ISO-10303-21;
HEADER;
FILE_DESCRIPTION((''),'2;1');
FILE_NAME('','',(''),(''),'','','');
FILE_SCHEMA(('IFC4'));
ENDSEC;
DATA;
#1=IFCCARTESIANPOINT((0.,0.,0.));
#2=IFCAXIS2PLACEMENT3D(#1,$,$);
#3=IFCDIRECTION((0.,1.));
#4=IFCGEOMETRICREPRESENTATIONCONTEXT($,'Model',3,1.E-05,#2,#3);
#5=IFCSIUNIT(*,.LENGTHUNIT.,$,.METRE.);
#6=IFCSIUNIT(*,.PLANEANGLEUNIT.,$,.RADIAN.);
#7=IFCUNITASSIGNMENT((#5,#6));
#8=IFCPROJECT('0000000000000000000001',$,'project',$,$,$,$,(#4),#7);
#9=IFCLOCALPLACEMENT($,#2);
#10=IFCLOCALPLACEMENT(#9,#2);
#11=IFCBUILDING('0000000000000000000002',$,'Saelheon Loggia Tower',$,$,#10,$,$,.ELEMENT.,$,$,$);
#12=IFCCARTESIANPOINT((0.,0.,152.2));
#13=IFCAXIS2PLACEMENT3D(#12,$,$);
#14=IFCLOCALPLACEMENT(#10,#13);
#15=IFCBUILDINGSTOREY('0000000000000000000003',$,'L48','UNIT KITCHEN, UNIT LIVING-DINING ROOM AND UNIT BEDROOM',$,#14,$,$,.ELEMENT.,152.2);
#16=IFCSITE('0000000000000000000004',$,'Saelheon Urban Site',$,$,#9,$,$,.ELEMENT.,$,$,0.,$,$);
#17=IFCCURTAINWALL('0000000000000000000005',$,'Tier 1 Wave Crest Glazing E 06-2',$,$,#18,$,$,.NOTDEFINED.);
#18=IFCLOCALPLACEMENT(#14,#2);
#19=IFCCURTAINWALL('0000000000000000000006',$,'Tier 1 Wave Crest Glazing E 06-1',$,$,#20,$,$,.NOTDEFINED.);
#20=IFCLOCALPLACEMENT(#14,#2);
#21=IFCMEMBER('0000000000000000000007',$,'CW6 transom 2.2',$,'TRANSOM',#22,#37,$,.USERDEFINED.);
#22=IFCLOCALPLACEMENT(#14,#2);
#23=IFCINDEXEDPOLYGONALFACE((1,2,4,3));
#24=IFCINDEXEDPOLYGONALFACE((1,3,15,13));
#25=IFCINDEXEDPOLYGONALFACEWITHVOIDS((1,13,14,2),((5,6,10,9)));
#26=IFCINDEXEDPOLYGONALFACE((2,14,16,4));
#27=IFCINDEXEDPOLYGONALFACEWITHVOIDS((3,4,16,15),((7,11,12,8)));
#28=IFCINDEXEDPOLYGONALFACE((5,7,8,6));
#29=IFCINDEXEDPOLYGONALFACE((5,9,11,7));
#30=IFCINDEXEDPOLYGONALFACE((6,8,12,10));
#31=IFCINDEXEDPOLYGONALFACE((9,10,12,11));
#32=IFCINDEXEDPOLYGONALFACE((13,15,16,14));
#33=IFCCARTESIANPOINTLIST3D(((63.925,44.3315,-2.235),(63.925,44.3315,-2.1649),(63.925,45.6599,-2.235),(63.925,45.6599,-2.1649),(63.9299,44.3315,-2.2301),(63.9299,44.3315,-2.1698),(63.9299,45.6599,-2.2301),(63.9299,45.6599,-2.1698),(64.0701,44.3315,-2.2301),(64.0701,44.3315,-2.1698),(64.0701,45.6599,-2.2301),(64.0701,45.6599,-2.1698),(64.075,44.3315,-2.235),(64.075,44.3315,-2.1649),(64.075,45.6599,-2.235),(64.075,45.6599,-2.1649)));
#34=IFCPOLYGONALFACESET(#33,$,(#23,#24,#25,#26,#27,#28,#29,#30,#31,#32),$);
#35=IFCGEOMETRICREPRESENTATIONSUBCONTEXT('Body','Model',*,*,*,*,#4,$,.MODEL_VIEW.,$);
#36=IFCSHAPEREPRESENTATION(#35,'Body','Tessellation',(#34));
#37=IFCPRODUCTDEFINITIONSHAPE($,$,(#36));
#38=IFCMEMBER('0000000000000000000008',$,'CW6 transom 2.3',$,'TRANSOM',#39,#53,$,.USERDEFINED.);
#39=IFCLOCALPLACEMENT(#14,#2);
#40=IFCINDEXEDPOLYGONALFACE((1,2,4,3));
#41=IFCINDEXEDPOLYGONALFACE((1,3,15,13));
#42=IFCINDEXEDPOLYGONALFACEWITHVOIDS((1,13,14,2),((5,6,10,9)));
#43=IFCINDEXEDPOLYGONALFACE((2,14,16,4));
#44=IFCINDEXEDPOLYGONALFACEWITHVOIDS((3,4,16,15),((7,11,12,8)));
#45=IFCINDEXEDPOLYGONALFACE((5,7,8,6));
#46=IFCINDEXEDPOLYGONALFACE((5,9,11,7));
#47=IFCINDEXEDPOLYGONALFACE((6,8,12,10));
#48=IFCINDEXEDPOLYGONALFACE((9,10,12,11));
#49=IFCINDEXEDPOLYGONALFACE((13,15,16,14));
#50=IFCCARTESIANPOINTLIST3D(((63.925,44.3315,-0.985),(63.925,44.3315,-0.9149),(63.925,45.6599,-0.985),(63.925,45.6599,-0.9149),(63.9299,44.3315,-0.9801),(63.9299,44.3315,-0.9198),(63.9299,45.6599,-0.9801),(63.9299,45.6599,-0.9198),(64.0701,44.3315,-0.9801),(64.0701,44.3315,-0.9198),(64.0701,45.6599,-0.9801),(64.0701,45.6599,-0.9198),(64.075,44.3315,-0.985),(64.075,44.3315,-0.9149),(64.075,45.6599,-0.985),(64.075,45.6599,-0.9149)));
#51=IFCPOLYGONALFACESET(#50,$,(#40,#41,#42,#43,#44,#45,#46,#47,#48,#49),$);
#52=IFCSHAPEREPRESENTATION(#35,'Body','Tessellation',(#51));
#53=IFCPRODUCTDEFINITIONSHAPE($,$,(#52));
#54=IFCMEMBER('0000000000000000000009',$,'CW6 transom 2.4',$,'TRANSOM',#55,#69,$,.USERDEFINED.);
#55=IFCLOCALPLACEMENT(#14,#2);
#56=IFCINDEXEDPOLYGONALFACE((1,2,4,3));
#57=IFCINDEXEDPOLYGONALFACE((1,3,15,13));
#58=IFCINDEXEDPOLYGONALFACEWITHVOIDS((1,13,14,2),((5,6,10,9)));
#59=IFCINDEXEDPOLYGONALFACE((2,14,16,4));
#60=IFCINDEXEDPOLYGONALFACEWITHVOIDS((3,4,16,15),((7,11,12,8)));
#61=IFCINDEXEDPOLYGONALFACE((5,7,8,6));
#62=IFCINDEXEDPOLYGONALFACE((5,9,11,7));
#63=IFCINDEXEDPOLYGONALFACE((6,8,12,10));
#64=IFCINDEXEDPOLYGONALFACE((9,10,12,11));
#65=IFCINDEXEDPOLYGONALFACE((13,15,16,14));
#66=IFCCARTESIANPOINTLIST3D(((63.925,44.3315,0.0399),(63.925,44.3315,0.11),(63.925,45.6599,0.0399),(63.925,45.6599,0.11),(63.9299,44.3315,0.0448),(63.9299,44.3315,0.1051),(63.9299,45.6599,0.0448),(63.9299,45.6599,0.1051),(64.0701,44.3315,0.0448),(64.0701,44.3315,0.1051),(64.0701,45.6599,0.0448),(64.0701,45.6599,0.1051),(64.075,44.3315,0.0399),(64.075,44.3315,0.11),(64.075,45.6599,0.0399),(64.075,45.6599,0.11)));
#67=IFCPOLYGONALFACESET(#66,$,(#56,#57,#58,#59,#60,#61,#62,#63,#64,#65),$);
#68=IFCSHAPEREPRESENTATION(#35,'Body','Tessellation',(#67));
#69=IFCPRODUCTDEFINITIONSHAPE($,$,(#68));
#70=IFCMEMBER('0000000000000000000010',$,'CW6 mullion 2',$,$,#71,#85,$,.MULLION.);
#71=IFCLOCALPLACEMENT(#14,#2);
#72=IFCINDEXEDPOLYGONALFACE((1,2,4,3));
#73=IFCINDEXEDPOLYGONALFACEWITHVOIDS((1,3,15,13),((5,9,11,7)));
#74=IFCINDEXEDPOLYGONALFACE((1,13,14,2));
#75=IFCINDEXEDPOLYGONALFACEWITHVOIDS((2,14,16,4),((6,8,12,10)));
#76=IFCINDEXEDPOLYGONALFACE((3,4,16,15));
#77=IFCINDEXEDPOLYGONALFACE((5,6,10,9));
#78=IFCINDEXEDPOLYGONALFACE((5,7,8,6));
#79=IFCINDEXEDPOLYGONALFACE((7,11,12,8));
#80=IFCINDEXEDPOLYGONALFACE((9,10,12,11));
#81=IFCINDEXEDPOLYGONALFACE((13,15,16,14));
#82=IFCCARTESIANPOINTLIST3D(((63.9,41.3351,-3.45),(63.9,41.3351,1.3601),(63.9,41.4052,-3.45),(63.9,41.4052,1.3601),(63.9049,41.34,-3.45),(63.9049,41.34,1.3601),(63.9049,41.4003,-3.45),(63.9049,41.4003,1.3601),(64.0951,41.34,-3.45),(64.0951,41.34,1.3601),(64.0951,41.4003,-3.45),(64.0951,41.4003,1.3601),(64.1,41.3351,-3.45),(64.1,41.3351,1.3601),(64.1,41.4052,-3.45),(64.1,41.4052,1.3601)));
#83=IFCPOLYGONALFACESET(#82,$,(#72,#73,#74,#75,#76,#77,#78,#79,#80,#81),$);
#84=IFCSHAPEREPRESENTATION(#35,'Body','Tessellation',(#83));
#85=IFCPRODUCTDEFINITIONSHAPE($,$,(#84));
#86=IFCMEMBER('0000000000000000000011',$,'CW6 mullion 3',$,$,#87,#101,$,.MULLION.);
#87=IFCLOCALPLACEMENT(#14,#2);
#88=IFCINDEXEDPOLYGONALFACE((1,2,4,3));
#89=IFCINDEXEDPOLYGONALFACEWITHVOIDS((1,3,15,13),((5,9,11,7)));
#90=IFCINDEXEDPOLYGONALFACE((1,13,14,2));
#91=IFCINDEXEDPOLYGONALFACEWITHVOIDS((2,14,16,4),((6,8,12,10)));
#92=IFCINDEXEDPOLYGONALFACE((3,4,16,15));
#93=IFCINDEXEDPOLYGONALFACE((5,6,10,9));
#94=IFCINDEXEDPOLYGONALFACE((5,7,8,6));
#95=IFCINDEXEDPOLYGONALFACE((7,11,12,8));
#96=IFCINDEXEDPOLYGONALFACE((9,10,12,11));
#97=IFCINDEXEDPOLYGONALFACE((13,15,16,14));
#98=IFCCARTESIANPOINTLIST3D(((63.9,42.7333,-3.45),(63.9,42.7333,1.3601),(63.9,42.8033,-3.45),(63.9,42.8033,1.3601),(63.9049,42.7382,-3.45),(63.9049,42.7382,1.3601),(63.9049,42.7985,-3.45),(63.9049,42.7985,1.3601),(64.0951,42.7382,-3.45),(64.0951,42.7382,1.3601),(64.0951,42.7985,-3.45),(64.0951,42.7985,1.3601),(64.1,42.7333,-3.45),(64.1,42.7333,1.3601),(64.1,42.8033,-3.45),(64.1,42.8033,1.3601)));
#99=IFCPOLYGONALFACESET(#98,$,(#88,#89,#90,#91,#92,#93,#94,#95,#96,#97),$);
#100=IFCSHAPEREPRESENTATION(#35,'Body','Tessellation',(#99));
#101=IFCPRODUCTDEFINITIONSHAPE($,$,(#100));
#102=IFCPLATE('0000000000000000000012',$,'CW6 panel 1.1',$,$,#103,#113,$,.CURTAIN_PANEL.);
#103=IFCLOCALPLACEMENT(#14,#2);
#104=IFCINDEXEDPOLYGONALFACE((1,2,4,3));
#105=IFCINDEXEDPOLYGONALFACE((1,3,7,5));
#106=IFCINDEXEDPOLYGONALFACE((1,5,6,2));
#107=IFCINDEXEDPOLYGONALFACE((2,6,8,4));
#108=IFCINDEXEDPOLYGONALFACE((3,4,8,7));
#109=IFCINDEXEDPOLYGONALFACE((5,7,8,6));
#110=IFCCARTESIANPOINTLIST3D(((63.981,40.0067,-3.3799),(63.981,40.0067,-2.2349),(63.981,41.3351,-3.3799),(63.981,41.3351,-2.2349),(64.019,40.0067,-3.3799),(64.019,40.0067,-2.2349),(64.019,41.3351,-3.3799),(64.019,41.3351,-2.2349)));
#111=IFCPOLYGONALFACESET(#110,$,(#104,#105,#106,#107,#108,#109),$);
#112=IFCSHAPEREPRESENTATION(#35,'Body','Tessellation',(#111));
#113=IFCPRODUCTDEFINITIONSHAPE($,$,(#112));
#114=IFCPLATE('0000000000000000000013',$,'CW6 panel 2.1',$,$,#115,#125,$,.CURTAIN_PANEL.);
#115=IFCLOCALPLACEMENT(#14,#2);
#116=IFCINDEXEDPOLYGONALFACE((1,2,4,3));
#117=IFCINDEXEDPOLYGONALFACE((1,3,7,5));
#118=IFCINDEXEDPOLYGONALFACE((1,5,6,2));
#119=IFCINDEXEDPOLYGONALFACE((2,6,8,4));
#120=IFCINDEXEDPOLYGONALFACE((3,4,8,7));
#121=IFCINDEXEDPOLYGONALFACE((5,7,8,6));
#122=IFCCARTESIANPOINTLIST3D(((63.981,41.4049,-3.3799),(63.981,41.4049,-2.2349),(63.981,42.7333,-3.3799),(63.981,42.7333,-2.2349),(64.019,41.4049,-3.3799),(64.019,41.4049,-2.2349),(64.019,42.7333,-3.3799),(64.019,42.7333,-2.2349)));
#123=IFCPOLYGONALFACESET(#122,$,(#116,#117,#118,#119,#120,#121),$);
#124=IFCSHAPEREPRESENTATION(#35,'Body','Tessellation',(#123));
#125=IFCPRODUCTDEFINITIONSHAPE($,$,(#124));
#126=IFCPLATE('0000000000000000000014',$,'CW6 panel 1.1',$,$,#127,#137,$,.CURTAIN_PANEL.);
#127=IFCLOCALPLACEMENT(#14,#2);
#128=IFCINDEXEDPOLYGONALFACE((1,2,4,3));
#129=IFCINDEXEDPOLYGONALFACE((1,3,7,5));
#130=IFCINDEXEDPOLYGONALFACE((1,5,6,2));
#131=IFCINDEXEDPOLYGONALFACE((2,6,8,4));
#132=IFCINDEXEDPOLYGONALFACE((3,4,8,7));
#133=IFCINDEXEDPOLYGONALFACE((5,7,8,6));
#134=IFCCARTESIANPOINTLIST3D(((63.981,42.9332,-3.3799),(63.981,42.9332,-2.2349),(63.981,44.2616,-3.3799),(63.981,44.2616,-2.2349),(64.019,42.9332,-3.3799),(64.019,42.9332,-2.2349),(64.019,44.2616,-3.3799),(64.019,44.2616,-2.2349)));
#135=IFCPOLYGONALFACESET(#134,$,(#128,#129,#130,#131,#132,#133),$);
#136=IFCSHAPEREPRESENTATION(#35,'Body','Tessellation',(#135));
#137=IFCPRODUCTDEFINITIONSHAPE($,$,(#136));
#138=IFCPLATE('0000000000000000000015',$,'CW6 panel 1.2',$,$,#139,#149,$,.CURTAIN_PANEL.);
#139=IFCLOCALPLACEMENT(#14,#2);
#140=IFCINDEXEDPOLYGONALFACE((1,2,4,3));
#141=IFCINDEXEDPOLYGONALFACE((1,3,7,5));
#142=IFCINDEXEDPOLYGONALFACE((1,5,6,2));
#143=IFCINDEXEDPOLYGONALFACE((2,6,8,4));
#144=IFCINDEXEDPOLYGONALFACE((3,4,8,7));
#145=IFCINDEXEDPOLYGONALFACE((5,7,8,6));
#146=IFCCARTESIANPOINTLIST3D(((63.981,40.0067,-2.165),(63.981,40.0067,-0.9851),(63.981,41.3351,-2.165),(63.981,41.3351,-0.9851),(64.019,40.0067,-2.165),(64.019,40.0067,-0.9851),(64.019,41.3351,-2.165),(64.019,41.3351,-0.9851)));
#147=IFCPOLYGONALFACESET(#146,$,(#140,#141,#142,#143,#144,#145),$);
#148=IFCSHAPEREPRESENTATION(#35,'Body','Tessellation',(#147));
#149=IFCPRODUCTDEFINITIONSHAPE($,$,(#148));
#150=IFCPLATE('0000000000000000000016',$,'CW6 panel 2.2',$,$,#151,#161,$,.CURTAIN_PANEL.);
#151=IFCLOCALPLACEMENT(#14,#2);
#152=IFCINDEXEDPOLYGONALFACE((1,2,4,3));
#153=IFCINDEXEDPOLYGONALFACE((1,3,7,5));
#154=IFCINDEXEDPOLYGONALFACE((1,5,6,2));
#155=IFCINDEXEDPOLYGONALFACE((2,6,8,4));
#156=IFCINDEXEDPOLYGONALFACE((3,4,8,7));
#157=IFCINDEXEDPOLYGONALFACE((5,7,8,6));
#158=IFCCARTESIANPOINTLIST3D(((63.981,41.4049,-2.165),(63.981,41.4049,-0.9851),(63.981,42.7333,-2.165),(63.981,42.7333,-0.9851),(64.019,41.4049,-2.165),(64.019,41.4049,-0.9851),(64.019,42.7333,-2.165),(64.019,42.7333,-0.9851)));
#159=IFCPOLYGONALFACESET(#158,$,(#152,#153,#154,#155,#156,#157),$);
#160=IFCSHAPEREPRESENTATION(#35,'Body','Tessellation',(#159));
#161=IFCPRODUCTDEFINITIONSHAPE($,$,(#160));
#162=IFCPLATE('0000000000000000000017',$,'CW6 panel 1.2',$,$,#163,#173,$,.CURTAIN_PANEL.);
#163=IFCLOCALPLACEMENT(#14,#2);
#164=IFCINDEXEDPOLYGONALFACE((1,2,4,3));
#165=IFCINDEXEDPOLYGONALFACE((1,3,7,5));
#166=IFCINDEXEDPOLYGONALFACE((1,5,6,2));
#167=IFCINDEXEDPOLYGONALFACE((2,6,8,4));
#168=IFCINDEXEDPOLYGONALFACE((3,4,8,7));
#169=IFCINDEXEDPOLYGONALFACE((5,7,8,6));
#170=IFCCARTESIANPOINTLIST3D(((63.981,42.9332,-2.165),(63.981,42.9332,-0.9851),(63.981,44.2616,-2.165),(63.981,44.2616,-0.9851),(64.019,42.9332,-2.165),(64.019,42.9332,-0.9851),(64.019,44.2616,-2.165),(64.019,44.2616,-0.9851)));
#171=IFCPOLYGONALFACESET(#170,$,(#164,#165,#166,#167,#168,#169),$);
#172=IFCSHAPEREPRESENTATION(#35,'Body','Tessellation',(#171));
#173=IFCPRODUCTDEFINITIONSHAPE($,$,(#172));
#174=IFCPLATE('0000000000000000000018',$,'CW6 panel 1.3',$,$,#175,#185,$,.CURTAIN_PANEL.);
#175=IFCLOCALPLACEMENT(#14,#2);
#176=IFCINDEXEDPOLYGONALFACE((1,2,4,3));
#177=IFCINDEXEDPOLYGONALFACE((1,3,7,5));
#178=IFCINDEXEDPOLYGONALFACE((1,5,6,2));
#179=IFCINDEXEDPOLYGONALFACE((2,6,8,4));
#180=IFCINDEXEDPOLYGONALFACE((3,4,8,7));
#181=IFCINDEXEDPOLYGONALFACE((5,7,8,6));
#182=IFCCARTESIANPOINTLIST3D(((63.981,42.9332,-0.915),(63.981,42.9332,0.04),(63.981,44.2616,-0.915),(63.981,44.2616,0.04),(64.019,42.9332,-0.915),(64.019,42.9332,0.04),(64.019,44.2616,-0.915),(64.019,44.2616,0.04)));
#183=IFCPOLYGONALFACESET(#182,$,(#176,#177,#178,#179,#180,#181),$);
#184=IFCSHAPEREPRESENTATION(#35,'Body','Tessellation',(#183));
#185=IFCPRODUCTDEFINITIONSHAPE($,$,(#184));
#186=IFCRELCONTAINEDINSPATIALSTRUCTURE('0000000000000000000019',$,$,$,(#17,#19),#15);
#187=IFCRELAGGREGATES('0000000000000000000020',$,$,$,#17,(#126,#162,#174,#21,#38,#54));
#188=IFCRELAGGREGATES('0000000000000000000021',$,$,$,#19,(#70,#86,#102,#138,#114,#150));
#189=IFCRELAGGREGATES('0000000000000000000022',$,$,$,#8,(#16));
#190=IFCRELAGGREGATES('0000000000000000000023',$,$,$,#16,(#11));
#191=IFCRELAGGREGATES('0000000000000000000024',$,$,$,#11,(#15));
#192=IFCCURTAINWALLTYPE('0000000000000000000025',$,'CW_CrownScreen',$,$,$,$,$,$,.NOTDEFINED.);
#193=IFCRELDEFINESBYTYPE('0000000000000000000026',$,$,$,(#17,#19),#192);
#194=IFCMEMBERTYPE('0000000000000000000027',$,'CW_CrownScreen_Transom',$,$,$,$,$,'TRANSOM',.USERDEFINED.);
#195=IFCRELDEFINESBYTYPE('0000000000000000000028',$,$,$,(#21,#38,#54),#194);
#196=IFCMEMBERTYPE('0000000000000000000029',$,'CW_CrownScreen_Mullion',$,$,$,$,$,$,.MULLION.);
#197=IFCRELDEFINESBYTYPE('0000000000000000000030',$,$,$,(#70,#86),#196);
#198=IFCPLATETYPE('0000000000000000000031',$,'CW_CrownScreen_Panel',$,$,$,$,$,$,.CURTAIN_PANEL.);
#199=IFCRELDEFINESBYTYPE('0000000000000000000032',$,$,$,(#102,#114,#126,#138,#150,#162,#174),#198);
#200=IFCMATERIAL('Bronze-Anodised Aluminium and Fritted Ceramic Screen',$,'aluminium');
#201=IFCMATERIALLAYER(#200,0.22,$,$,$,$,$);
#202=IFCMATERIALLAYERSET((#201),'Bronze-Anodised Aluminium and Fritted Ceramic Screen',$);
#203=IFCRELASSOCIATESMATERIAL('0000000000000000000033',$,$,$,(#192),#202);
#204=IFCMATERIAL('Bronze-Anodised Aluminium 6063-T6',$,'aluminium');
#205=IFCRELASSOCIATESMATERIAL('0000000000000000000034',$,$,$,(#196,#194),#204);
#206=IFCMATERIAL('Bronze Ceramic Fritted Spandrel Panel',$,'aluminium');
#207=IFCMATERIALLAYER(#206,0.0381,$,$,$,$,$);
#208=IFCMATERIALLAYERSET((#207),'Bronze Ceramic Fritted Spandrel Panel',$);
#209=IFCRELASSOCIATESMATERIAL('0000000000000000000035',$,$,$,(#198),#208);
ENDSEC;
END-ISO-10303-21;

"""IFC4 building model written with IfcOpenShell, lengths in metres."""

from ifc_helpers import new_model, si_unit, direction, frame, origin, origin_2d, place, context, subcontext, project, spatial, rectangle, hollow_rectangle, extrude, source, transform, mapped, material, layer, layer_set, material_profile, profile_set, type_object, element, aggregate, save


model = new_model("IFC4")

# Units and contexts
model_context = context("Model", 3, precision=1e-05, world=origin(), true_north=direction((0.0, 1.0)))
body_context = subcontext(model_context, "Body", "Model", "MODEL_VIEW")
ifc_project = project(units=[si_unit("LENGTHUNIT", "METRE"), si_unit("PLANEANGLEUNIT", "RADIAN")], contexts=[model_context])

# Site, building, storey
site_placement = place(None, origin())
site = spatial("IfcSite", under=ifc_project, at=site_placement, Name="Saelheon Urban Site", CompositionType="ELEMENT", RefElevation=0.0)
building_placement = place(site_placement, origin())
building = spatial("IfcBuilding", under=site, at=building_placement, Name="Saelheon Loggia Tower", CompositionType="ELEMENT")
storey_placement = place(building_placement, frame((0.0, 0.0, 152.2)))
storey = spatial("IfcBuildingStorey", under=building, at=storey_placement, Name="L48", Description="UNIT KITCHEN, UNIT LIVING-DINING ROOM AND UNIT BEDROOM", CompositionType="ELEMENT", Elevation=152.2)

# Curtain walls
ifc_material_1 = material(Name="Bronze-Anodised Aluminium and Fritted Ceramic Screen", Category="aluminium")
ifc_layer_1 = layer(ifc_material_1, 0.22)
ifc_layer_set_1 = layer_set([ifc_layer_1], Name="Bronze-Anodised Aluminium and Fritted Ceramic Screen")
curtain_wall_type = type_object("IfcCurtainWallType", Name="CW_CrownScreen", PredefinedType="NOTDEFINED", material=ifc_layer_set_1)
curtain_wall_1_placement = place(storey_placement, origin())
curtain_wall_1 = element("IfcCurtainWall", 1, at=curtain_wall_1_placement, inside=storey, type_object=curtain_wall_type, Name="Tier 1 Wave Crest Glazing E 06-2", PredefinedType="NOTDEFINED")
ifc_material_2 = material(Name="Bronze-Anodised Aluminium 6063-T6", Category="aluminium")
ifc_material_profile_1 = material_profile(ifc_material_2, hollow_rectangle(XDim=0.0701, YDim=0.2, WallThickness=0.0049, at=origin_2d()), Name="RHS-200x70x5")
ifc_profile_set_1 = profile_set([ifc_material_profile_1], Name="Bronze-Anodised Aluminium 6063-T6")
member_type_1 = type_object("IfcMemberType", Name="CW_CrownScreen_Mullion", PredefinedType="MULLION", material=ifc_profile_set_1)
curtain_wall_2_placement = place(storey_placement, origin())
curtain_wall_2 = element("IfcCurtainWall", 2, at=curtain_wall_2_placement, inside=storey, type_object=curtain_wall_type, Name="Tier 1 Wave Crest Glazing E 06-1", PredefinedType="NOTDEFINED")
ifc_material_profile_2 = material_profile(ifc_material_2, hollow_rectangle(XDim=0.0701, YDim=0.1499, WallThickness=0.0049, at=origin_2d()), Name="RHS-150x70x5")
ifc_profile_set_2 = profile_set([ifc_material_profile_2], Name="Bronze-Anodised Aluminium 6063-T6")
member_type_2 = type_object("IfcMemberType", Name="CW_CrownScreen_Transom", ElementType="TRANSOM", PredefinedType="USERDEFINED", material=ifc_profile_set_2)
shared_shape_1 = source(origin(), body_context, "Body", "SweptSolid", [
    extrude(hollow_rectangle(XDim=0.0701, YDim=0.1499, WallThickness=0.0049, at=origin_2d()), origin(), (0.0, 0.0, 1.0), 1.3284),
])

# Members
member_1_placement = place(storey_placement, frame((64.0, 44.3315, -2.2), z_axis=(0.0, 1.0, 0.0), x_axis=(0.0, 0.0, 1.0)))
member_1 = element("IfcMember", 3, at=member_1_placement, type_object=member_type_2, Name="CW6 transom 2.2", ObjectType="TRANSOM", PredefinedType="USERDEFINED", context=body_context, shape_type="MappedRepresentation", body=[
    mapped(shared_shape_1, transform((0.0, 0.0, 0.0), scale=1.0)),
])
member_2_placement = place(storey_placement, frame((64.0, 44.3315, -0.95), z_axis=(0.0, 1.0, 0.0), x_axis=(0.0, 0.0, 1.0)))
member_2 = element("IfcMember", 4, at=member_2_placement, type_object=member_type_2, Name="CW6 transom 2.3", ObjectType="TRANSOM", PredefinedType="USERDEFINED", context=body_context, shape_type="MappedRepresentation", body=[
    mapped(shared_shape_1, transform((0.0, 0.0, 0.0), scale=1.0)),
])
member_3_placement = place(storey_placement, frame((64.0, 44.3315, 0.075), z_axis=(0.0, 1.0, 0.0), x_axis=(0.0, 0.0, 1.0)))
member_3 = element("IfcMember", 5, at=member_3_placement, type_object=member_type_2, Name="CW6 transom 2.4", ObjectType="TRANSOM", PredefinedType="USERDEFINED", context=body_context, shape_type="MappedRepresentation", body=[
    mapped(shared_shape_1, transform((0.0, 0.0, 0.0), scale=1.0)),
])
shared_shape_2 = source(origin(), body_context, "Body", "SweptSolid", [
    extrude(hollow_rectangle(XDim=0.0701, YDim=0.2, WallThickness=0.0049, at=origin_2d()), origin(), (0.0, 0.0, 1.0), 4.8101),
])
member_4_placement = place(storey_placement, frame((64.0, 41.3701, -3.45), z_axis=(0.0, 0.0, 1.0), x_axis=(0.0, 1.0, 0.0)))
member_4 = element("IfcMember", 6, at=member_4_placement, type_object=member_type_1, Name="CW6 mullion 2", PredefinedType="MULLION", context=body_context, shape_type="MappedRepresentation", body=[
    mapped(shared_shape_2, transform((0.0, 0.0, 0.0), scale=1.0)),
])
member_5_placement = place(storey_placement, frame((64.0, 42.7683, -3.45), z_axis=(0.0, 0.0, 1.0), x_axis=(0.0, 1.0, 0.0)))
member_5 = element("IfcMember", 7, at=member_5_placement, type_object=member_type_1, Name="CW6 mullion 3", PredefinedType="MULLION", context=body_context, shape_type="MappedRepresentation", body=[
    mapped(shared_shape_2, transform((0.0, 0.0, 0.0), scale=1.0)),
])

# Plates
ifc_material_3 = material(Name="Bronze Ceramic Fritted Spandrel Panel", Category="aluminium")
ifc_layer_2 = layer(ifc_material_3, 0.0381)
ifc_layer_set_2 = layer_set([ifc_layer_2], Name="Bronze Ceramic Fritted Spandrel Panel")
plate_type = type_object("IfcPlateType", Name="CW_CrownScreen_Panel", PredefinedType="CURTAIN_PANEL", material=ifc_layer_set_2)
shared_shape_3 = source(origin(), body_context, "Body", "SweptSolid", [
    extrude(rectangle(XDim=1.3284, YDim=0.0381, at=origin_2d()), origin(), (0.0, 0.0, 1.0), 1.145),
])
plate_1_placement = place(storey_placement, frame((64.0, 40.6709, -3.3799), z_axis=(0.0, 0.0, 1.0), x_axis=(0.0, 1.0, 0.0)))
plate_1 = element("IfcPlate", 8, at=plate_1_placement, type_object=plate_type, Name="CW6 panel 1.1", PredefinedType="CURTAIN_PANEL", context=body_context, shape_type="MappedRepresentation", body=[
    mapped(shared_shape_3, transform((0.0, 0.0, 0.0), scale=1.0)),
])
plate_2_placement = place(storey_placement, frame((64.0, 42.0691, -3.3799), z_axis=(0.0, 0.0, 1.0), x_axis=(0.0, 1.0, 0.0)))
plate_2 = element("IfcPlate", 9, at=plate_2_placement, type_object=plate_type, Name="CW6 panel 2.1", PredefinedType="CURTAIN_PANEL", context=body_context, shape_type="MappedRepresentation", body=[
    mapped(shared_shape_3, transform((0.0, 0.0, 0.0), scale=1.0)),
])
plate_3_placement = place(storey_placement, frame((64.0, 43.5974, -3.3799), z_axis=(0.0, 0.0, 1.0), x_axis=(0.0, 1.0, 0.0)))
plate_3 = element("IfcPlate", 10, at=plate_3_placement, type_object=plate_type, Name="CW6 panel 1.1", PredefinedType="CURTAIN_PANEL", context=body_context, shape_type="MappedRepresentation", body=[
    mapped(shared_shape_3, transform((0.0, 0.0, 0.0), scale=1.0)),
])
shared_shape_4 = source(origin(), body_context, "Body", "SweptSolid", [
    extrude(rectangle(XDim=1.3284, YDim=0.0381, at=origin_2d()), origin(), (0.0, 0.0, 1.0), 1.1799),
])
plate_4_placement = place(storey_placement, frame((64.0, 40.6709, -2.165), z_axis=(0.0, 0.0, 1.0), x_axis=(0.0, 1.0, 0.0)))
plate_4 = element("IfcPlate", 11, at=plate_4_placement, type_object=plate_type, Name="CW6 panel 1.2", PredefinedType="CURTAIN_PANEL", context=body_context, shape_type="MappedRepresentation", body=[
    mapped(shared_shape_4, transform((0.0, 0.0, 0.0), scale=1.0)),
])
plate_5_placement = place(storey_placement, frame((64.0, 42.0691, -2.165), z_axis=(0.0, 0.0, 1.0), x_axis=(0.0, 1.0, 0.0)))
plate_5 = element("IfcPlate", 12, at=plate_5_placement, type_object=plate_type, Name="CW6 panel 2.2", PredefinedType="CURTAIN_PANEL", context=body_context, shape_type="MappedRepresentation", body=[
    mapped(shared_shape_4, transform((0.0, 0.0, 0.0), scale=1.0)),
])
plate_6_placement = place(storey_placement, frame((64.0, 43.5974, -2.165), z_axis=(0.0, 0.0, 1.0), x_axis=(0.0, 1.0, 0.0)))
plate_6 = element("IfcPlate", 13, at=plate_6_placement, type_object=plate_type, Name="CW6 panel 1.2", PredefinedType="CURTAIN_PANEL", context=body_context, shape_type="MappedRepresentation", body=[
    mapped(shared_shape_4, transform((0.0, 0.0, 0.0), scale=1.0)),
])
shared_shape_5 = source(origin(), body_context, "Body", "SweptSolid", [
    extrude(rectangle(XDim=1.3284, YDim=0.0381, at=origin_2d()), origin(), (0.0, 0.0, 1.0), 0.9551),
])
plate_7_placement = place(storey_placement, frame((64.0, 43.5974, -0.915), z_axis=(0.0, 0.0, 1.0), x_axis=(0.0, 1.0, 0.0)))
plate_7 = element("IfcPlate", 14, at=plate_7_placement, type_object=plate_type, Name="CW6 panel 1.3", PredefinedType="CURTAIN_PANEL", context=body_context, shape_type="MappedRepresentation", body=[
    mapped(shared_shape_5, transform((0.0, 0.0, 0.0), scale=1.0)),
])
aggregate(curtain_wall_1, [plate_3, plate_6, plate_7, member_1, member_2, member_3])
aggregate(curtain_wall_2, [member_4, member_5, plate_1, plate_4, plate_2, plate_5])

save(model, "model.ifc")
